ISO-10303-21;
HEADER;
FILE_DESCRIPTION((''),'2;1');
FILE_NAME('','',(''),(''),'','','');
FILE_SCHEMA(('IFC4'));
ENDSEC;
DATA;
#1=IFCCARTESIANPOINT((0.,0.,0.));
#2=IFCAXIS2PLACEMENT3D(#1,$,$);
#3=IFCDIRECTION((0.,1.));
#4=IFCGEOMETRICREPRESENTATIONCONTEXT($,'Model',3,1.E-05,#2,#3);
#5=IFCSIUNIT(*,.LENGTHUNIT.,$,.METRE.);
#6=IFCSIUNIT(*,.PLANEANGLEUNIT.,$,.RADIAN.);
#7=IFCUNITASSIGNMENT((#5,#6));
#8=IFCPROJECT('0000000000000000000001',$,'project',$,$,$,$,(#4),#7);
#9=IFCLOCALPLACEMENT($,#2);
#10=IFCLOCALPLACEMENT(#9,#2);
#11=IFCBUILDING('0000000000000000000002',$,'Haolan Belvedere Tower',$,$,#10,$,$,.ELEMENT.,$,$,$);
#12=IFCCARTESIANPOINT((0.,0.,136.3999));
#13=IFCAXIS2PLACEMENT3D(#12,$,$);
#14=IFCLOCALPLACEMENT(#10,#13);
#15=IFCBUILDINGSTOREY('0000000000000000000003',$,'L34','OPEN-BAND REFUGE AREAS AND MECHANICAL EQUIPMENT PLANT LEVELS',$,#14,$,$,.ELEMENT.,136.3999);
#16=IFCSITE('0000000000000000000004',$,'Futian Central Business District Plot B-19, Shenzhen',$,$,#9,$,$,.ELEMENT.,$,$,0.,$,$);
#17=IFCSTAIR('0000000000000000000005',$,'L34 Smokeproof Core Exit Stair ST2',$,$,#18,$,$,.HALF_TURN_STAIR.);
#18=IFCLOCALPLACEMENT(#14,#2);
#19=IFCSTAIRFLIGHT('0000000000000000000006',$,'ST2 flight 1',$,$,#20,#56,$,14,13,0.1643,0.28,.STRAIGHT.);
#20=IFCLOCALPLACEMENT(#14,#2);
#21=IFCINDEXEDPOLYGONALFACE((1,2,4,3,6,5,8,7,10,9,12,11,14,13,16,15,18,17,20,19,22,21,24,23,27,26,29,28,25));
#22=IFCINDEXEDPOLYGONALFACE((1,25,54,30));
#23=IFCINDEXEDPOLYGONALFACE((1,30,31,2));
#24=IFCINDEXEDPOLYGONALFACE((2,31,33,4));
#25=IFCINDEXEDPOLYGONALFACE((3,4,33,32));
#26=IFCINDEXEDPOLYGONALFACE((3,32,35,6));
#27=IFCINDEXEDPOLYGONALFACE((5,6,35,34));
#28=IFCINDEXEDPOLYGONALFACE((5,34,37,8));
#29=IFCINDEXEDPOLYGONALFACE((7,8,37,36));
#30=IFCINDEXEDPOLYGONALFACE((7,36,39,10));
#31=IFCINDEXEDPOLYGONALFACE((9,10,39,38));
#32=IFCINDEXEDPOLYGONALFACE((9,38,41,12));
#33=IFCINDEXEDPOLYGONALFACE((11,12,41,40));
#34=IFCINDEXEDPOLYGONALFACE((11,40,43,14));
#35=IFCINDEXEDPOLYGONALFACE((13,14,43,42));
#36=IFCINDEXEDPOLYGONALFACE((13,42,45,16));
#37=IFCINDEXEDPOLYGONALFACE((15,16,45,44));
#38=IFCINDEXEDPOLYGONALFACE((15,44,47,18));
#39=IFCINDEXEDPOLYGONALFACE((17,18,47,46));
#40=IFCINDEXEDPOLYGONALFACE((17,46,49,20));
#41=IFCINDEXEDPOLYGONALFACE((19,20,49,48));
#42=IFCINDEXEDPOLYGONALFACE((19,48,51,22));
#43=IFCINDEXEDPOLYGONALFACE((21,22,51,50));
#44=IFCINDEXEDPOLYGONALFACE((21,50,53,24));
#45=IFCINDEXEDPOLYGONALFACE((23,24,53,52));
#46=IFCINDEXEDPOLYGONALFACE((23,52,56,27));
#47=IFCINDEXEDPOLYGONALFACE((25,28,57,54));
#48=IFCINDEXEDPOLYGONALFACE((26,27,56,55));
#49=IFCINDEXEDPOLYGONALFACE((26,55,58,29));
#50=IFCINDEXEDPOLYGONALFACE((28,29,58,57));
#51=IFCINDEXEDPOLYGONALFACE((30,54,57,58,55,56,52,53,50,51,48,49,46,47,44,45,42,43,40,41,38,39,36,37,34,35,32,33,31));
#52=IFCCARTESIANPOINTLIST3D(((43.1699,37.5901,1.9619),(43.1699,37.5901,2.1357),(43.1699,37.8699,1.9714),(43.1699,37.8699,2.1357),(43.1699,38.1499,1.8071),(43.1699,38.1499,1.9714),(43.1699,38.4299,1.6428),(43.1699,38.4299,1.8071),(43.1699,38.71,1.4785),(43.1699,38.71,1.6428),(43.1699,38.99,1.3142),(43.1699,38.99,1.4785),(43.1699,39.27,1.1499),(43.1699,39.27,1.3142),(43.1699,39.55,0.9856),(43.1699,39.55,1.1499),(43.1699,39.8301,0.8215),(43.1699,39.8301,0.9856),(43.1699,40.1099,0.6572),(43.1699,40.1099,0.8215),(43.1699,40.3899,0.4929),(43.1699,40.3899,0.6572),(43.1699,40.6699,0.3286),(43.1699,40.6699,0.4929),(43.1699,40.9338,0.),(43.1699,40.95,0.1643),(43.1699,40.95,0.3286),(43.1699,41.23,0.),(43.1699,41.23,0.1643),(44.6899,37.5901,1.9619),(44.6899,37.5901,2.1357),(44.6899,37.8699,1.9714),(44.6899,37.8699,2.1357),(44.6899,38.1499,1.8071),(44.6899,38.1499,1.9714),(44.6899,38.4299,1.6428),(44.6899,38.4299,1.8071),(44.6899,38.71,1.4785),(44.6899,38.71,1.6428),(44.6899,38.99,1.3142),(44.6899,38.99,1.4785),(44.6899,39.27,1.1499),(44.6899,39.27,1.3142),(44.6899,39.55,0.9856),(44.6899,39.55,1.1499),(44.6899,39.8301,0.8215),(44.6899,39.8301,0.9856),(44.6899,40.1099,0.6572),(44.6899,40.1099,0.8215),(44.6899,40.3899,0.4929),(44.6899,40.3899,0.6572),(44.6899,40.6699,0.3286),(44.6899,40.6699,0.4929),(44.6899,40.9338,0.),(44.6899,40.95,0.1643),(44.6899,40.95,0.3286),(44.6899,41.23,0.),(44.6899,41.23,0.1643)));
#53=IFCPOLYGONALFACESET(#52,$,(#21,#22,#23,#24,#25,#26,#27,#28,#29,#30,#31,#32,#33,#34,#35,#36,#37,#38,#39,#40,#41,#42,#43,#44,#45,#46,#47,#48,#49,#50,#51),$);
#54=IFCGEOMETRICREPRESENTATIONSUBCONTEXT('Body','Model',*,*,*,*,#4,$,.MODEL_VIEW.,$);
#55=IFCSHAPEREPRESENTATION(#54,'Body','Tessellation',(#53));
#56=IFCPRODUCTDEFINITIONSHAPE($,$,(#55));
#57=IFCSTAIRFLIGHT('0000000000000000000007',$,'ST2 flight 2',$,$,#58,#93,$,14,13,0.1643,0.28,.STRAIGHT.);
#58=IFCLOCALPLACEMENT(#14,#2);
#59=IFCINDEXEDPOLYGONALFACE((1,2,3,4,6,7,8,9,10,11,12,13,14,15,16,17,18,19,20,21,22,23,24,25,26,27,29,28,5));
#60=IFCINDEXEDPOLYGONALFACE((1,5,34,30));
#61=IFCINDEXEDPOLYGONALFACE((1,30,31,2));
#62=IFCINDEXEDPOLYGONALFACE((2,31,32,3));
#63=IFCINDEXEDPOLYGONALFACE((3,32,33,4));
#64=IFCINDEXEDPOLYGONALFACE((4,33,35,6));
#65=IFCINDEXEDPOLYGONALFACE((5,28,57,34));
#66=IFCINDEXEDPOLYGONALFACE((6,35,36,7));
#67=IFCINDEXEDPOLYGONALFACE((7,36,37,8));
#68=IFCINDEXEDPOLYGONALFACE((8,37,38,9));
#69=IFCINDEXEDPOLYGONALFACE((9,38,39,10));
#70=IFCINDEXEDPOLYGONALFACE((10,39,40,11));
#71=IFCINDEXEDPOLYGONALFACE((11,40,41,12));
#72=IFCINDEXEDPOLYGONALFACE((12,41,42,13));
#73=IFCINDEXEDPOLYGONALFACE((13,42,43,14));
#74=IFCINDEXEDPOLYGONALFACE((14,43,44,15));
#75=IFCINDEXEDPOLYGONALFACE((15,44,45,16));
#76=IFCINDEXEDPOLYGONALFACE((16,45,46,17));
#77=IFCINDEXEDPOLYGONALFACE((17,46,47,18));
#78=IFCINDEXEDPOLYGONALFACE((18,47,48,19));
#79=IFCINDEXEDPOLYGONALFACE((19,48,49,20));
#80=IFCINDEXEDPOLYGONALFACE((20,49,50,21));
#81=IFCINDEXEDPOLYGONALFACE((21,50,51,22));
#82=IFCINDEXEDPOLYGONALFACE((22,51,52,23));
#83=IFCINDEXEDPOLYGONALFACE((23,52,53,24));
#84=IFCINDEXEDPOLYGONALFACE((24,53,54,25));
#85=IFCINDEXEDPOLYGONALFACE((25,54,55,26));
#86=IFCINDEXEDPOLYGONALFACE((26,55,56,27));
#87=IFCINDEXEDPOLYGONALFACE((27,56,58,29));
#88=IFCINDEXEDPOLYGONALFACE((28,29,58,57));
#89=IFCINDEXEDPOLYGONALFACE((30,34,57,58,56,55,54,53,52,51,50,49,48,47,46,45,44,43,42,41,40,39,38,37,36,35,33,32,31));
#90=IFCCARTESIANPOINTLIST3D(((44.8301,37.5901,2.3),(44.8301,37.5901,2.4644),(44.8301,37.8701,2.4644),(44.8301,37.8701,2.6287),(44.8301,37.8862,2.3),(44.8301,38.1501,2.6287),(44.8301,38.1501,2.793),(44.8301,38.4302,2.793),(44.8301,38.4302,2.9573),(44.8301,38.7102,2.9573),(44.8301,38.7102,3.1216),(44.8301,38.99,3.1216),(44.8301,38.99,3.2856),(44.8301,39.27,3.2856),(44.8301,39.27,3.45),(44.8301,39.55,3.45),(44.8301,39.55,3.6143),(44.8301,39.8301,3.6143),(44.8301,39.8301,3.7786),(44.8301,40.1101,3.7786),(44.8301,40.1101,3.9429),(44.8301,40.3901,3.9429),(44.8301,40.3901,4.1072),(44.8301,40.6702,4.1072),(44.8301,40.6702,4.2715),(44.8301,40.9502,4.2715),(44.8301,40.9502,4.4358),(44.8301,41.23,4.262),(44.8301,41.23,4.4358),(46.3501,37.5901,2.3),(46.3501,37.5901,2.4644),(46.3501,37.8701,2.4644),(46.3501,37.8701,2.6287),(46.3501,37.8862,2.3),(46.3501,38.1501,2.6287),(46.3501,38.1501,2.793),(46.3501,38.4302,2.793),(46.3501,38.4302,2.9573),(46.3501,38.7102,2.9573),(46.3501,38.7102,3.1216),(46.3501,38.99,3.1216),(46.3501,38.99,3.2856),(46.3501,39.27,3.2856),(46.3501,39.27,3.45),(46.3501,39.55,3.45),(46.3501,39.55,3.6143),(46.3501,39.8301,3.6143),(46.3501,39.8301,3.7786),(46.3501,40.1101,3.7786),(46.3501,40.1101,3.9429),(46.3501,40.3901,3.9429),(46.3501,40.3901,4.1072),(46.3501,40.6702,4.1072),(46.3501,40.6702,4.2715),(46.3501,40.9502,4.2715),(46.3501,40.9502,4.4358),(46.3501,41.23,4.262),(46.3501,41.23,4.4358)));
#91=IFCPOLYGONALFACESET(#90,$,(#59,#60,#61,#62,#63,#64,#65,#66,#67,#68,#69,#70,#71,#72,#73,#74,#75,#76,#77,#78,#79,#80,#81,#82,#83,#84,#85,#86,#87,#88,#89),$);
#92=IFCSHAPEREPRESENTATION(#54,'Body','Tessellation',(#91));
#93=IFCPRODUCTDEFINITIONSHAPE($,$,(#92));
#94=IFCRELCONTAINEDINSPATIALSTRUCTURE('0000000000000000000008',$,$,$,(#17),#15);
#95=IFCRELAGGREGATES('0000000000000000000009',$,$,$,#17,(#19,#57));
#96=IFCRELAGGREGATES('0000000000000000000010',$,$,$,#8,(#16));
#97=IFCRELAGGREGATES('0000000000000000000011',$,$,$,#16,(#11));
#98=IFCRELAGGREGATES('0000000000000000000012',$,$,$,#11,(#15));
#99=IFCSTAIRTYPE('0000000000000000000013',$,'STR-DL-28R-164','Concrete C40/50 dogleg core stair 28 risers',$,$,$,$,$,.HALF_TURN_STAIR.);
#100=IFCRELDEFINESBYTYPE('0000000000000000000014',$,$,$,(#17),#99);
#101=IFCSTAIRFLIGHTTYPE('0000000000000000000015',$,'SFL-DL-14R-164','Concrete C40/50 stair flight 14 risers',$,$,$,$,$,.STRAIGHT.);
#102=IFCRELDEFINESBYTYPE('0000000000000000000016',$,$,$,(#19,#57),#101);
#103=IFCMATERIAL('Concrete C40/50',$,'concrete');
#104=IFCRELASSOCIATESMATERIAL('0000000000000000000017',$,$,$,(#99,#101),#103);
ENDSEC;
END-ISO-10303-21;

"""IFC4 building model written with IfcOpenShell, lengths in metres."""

from ifc_helpers import new_model, si_unit, direction, frame, origin, place, context, subcontext, project, spatial, polyline, outline, extrude, material, type_object, element, aggregate, save


model = new_model("IFC4")

# Units and contexts
model_context = context("Model", 3, precision=1e-05, world=origin(), true_north=direction((0.0, 1.0)))
body_context = subcontext(model_context, "Body", "Model", "MODEL_VIEW")
ifc_project = project(units=[si_unit("LENGTHUNIT", "METRE"), si_unit("PLANEANGLEUNIT", "RADIAN")], contexts=[model_context])

# Site, building, storey
site_placement = place(None, origin())
site = spatial("IfcSite", under=ifc_project, at=site_placement, Name="Futian Central Business District Plot B-19, Shenzhen", CompositionType="ELEMENT", RefElevation=0.0)
building_placement = place(site_placement, origin())
building = spatial("IfcBuilding", under=site, at=building_placement, Name="Haolan Belvedere Tower", CompositionType="ELEMENT")
storey_placement = place(building_placement, frame((0.0, 0.0, 136.3999)))
storey = spatial("IfcBuildingStorey", under=building, at=storey_placement, Name="L34", Description="OPEN-BAND REFUGE AREAS AND MECHANICAL EQUIPMENT PLANT LEVELS", CompositionType="ELEMENT", Elevation=136.3999)

# Stair, stair flights
ifc_material_1 = material(Name="Concrete C40/50", Category="concrete")
stair_type = type_object("IfcStairType", Name="STR-DL-28R-164", Description="Concrete C40/50 dogleg core stair 28 risers", PredefinedType="HALF_TURN_STAIR", material=ifc_material_1)
stair_flight_type = type_object("IfcStairFlightType", Name="SFL-DL-14R-164", Description="Concrete C40/50 stair flight 14 risers", PredefinedType="STRAIGHT", material=ifc_material_1)
stair_1_placement = place(storey_placement, origin())
stair_1 = element("IfcStair", 1, at=stair_1_placement, inside=storey, type_object=stair_type, Name="L34 Smokeproof Core Exit Stair ST2", PredefinedType="HALF_TURN_STAIR")
stair_flight_1_placement = place(storey_placement, frame((43.9299, 41.23, 0.0), z_axis=(0.0, 0.0, 1.0), x_axis=(0.0, -1.0, 0.0)))
stair_flight_1 = element("IfcStairFlight", 2, at=stair_flight_1_placement, type_object=stair_flight_type, Name="ST2 flight 1", NumberOfRisers=14, NumberOfTreads=13, PredefinedType="STRAIGHT", RiserHeight=0.1643, TreadLength=0.28, context=body_context, shape_type="SweptSolid", body=[
    extrude(outline(polyline([(0.0, 0.0), (0.0, 0.1643), (0.28, 0.1643), (0.28, 0.3286), (0.5601, 0.3286), (0.5601, 0.4929), (0.8401, 0.4929), (0.8401, 0.6572), (1.1201, 0.6572), (1.1201, 0.8215), (1.3999, 0.8215), (1.3999, 0.9856), (1.6799, 0.9856), (1.6799, 1.1499), (1.96, 1.1499), (1.96, 1.3142), (2.24, 1.3142), (2.24, 1.4785), (2.52, 1.4785), (2.52, 1.6428), (2.8, 1.6428), (2.8, 1.8071), (3.0801, 1.8071), (3.0801, 1.9714), (3.3601, 1.9714), (3.3601, 2.1357), (3.6399, 2.1357), (3.6399, 2.3), (3.6399, 1.9619), (0.2961, 0.0), (0.0, 0.0)])), frame((0.0, 0.76, 0.0), z_axis=(0.0, -1.0, 0.0), x_axis=(1.0, 0.0, 0.0)), (0.0, 0.0, 1.0), 1.52),
])
stair_flight_2_placement = place(storey_placement, frame((45.5901, 37.5901, 2.3), z_axis=(0.0, 0.0, 1.0), x_axis=(0.0, 1.0, 0.0)))
stair_flight_2 = element("IfcStairFlight", 3, at=stair_flight_2_placement, type_object=stair_flight_type, Name="ST2 flight 2", NumberOfRisers=14, NumberOfTreads=13, PredefinedType="STRAIGHT", RiserHeight=0.1643, TreadLength=0.28, context=body_context, shape_type="SweptSolid", body=[
    extrude(outline(polyline([(0.0, 0.0), (0.0, 0.1643), (0.28, 0.1643), (0.28, 0.3286), (0.5601, 0.3286), (0.5601, 0.4929), (0.8401, 0.4929), (0.8401, 0.6572), (1.1201, 0.6572), (1.1201, 0.8215), (1.3999, 0.8215), (1.3999, 0.9856), (1.6799, 0.9856), (1.6799, 1.1499), (1.96, 1.1499), (1.96, 1.3142), (2.24, 1.3142), (2.24, 1.4785), (2.52, 1.4785), (2.52, 1.6428), (2.8, 1.6428), (2.8, 1.8071), (3.0801, 1.8071), (3.0801, 1.9714), (3.3601, 1.9714), (3.3601, 2.1357), (3.6399, 2.1357), (3.6399, 2.3), (3.6399, 1.9619), (0.2961, 0.0), (0.0, 0.0)])), frame((0.0, 0.76, 0.0), z_axis=(0.0, -1.0, 0.0), x_axis=(1.0, 0.0, 0.0)), (0.0, 0.0, 1.0), 1.52),
])
aggregate(stair_1, [stair_flight_1, stair_flight_2])

save(model, "model.ifc")
